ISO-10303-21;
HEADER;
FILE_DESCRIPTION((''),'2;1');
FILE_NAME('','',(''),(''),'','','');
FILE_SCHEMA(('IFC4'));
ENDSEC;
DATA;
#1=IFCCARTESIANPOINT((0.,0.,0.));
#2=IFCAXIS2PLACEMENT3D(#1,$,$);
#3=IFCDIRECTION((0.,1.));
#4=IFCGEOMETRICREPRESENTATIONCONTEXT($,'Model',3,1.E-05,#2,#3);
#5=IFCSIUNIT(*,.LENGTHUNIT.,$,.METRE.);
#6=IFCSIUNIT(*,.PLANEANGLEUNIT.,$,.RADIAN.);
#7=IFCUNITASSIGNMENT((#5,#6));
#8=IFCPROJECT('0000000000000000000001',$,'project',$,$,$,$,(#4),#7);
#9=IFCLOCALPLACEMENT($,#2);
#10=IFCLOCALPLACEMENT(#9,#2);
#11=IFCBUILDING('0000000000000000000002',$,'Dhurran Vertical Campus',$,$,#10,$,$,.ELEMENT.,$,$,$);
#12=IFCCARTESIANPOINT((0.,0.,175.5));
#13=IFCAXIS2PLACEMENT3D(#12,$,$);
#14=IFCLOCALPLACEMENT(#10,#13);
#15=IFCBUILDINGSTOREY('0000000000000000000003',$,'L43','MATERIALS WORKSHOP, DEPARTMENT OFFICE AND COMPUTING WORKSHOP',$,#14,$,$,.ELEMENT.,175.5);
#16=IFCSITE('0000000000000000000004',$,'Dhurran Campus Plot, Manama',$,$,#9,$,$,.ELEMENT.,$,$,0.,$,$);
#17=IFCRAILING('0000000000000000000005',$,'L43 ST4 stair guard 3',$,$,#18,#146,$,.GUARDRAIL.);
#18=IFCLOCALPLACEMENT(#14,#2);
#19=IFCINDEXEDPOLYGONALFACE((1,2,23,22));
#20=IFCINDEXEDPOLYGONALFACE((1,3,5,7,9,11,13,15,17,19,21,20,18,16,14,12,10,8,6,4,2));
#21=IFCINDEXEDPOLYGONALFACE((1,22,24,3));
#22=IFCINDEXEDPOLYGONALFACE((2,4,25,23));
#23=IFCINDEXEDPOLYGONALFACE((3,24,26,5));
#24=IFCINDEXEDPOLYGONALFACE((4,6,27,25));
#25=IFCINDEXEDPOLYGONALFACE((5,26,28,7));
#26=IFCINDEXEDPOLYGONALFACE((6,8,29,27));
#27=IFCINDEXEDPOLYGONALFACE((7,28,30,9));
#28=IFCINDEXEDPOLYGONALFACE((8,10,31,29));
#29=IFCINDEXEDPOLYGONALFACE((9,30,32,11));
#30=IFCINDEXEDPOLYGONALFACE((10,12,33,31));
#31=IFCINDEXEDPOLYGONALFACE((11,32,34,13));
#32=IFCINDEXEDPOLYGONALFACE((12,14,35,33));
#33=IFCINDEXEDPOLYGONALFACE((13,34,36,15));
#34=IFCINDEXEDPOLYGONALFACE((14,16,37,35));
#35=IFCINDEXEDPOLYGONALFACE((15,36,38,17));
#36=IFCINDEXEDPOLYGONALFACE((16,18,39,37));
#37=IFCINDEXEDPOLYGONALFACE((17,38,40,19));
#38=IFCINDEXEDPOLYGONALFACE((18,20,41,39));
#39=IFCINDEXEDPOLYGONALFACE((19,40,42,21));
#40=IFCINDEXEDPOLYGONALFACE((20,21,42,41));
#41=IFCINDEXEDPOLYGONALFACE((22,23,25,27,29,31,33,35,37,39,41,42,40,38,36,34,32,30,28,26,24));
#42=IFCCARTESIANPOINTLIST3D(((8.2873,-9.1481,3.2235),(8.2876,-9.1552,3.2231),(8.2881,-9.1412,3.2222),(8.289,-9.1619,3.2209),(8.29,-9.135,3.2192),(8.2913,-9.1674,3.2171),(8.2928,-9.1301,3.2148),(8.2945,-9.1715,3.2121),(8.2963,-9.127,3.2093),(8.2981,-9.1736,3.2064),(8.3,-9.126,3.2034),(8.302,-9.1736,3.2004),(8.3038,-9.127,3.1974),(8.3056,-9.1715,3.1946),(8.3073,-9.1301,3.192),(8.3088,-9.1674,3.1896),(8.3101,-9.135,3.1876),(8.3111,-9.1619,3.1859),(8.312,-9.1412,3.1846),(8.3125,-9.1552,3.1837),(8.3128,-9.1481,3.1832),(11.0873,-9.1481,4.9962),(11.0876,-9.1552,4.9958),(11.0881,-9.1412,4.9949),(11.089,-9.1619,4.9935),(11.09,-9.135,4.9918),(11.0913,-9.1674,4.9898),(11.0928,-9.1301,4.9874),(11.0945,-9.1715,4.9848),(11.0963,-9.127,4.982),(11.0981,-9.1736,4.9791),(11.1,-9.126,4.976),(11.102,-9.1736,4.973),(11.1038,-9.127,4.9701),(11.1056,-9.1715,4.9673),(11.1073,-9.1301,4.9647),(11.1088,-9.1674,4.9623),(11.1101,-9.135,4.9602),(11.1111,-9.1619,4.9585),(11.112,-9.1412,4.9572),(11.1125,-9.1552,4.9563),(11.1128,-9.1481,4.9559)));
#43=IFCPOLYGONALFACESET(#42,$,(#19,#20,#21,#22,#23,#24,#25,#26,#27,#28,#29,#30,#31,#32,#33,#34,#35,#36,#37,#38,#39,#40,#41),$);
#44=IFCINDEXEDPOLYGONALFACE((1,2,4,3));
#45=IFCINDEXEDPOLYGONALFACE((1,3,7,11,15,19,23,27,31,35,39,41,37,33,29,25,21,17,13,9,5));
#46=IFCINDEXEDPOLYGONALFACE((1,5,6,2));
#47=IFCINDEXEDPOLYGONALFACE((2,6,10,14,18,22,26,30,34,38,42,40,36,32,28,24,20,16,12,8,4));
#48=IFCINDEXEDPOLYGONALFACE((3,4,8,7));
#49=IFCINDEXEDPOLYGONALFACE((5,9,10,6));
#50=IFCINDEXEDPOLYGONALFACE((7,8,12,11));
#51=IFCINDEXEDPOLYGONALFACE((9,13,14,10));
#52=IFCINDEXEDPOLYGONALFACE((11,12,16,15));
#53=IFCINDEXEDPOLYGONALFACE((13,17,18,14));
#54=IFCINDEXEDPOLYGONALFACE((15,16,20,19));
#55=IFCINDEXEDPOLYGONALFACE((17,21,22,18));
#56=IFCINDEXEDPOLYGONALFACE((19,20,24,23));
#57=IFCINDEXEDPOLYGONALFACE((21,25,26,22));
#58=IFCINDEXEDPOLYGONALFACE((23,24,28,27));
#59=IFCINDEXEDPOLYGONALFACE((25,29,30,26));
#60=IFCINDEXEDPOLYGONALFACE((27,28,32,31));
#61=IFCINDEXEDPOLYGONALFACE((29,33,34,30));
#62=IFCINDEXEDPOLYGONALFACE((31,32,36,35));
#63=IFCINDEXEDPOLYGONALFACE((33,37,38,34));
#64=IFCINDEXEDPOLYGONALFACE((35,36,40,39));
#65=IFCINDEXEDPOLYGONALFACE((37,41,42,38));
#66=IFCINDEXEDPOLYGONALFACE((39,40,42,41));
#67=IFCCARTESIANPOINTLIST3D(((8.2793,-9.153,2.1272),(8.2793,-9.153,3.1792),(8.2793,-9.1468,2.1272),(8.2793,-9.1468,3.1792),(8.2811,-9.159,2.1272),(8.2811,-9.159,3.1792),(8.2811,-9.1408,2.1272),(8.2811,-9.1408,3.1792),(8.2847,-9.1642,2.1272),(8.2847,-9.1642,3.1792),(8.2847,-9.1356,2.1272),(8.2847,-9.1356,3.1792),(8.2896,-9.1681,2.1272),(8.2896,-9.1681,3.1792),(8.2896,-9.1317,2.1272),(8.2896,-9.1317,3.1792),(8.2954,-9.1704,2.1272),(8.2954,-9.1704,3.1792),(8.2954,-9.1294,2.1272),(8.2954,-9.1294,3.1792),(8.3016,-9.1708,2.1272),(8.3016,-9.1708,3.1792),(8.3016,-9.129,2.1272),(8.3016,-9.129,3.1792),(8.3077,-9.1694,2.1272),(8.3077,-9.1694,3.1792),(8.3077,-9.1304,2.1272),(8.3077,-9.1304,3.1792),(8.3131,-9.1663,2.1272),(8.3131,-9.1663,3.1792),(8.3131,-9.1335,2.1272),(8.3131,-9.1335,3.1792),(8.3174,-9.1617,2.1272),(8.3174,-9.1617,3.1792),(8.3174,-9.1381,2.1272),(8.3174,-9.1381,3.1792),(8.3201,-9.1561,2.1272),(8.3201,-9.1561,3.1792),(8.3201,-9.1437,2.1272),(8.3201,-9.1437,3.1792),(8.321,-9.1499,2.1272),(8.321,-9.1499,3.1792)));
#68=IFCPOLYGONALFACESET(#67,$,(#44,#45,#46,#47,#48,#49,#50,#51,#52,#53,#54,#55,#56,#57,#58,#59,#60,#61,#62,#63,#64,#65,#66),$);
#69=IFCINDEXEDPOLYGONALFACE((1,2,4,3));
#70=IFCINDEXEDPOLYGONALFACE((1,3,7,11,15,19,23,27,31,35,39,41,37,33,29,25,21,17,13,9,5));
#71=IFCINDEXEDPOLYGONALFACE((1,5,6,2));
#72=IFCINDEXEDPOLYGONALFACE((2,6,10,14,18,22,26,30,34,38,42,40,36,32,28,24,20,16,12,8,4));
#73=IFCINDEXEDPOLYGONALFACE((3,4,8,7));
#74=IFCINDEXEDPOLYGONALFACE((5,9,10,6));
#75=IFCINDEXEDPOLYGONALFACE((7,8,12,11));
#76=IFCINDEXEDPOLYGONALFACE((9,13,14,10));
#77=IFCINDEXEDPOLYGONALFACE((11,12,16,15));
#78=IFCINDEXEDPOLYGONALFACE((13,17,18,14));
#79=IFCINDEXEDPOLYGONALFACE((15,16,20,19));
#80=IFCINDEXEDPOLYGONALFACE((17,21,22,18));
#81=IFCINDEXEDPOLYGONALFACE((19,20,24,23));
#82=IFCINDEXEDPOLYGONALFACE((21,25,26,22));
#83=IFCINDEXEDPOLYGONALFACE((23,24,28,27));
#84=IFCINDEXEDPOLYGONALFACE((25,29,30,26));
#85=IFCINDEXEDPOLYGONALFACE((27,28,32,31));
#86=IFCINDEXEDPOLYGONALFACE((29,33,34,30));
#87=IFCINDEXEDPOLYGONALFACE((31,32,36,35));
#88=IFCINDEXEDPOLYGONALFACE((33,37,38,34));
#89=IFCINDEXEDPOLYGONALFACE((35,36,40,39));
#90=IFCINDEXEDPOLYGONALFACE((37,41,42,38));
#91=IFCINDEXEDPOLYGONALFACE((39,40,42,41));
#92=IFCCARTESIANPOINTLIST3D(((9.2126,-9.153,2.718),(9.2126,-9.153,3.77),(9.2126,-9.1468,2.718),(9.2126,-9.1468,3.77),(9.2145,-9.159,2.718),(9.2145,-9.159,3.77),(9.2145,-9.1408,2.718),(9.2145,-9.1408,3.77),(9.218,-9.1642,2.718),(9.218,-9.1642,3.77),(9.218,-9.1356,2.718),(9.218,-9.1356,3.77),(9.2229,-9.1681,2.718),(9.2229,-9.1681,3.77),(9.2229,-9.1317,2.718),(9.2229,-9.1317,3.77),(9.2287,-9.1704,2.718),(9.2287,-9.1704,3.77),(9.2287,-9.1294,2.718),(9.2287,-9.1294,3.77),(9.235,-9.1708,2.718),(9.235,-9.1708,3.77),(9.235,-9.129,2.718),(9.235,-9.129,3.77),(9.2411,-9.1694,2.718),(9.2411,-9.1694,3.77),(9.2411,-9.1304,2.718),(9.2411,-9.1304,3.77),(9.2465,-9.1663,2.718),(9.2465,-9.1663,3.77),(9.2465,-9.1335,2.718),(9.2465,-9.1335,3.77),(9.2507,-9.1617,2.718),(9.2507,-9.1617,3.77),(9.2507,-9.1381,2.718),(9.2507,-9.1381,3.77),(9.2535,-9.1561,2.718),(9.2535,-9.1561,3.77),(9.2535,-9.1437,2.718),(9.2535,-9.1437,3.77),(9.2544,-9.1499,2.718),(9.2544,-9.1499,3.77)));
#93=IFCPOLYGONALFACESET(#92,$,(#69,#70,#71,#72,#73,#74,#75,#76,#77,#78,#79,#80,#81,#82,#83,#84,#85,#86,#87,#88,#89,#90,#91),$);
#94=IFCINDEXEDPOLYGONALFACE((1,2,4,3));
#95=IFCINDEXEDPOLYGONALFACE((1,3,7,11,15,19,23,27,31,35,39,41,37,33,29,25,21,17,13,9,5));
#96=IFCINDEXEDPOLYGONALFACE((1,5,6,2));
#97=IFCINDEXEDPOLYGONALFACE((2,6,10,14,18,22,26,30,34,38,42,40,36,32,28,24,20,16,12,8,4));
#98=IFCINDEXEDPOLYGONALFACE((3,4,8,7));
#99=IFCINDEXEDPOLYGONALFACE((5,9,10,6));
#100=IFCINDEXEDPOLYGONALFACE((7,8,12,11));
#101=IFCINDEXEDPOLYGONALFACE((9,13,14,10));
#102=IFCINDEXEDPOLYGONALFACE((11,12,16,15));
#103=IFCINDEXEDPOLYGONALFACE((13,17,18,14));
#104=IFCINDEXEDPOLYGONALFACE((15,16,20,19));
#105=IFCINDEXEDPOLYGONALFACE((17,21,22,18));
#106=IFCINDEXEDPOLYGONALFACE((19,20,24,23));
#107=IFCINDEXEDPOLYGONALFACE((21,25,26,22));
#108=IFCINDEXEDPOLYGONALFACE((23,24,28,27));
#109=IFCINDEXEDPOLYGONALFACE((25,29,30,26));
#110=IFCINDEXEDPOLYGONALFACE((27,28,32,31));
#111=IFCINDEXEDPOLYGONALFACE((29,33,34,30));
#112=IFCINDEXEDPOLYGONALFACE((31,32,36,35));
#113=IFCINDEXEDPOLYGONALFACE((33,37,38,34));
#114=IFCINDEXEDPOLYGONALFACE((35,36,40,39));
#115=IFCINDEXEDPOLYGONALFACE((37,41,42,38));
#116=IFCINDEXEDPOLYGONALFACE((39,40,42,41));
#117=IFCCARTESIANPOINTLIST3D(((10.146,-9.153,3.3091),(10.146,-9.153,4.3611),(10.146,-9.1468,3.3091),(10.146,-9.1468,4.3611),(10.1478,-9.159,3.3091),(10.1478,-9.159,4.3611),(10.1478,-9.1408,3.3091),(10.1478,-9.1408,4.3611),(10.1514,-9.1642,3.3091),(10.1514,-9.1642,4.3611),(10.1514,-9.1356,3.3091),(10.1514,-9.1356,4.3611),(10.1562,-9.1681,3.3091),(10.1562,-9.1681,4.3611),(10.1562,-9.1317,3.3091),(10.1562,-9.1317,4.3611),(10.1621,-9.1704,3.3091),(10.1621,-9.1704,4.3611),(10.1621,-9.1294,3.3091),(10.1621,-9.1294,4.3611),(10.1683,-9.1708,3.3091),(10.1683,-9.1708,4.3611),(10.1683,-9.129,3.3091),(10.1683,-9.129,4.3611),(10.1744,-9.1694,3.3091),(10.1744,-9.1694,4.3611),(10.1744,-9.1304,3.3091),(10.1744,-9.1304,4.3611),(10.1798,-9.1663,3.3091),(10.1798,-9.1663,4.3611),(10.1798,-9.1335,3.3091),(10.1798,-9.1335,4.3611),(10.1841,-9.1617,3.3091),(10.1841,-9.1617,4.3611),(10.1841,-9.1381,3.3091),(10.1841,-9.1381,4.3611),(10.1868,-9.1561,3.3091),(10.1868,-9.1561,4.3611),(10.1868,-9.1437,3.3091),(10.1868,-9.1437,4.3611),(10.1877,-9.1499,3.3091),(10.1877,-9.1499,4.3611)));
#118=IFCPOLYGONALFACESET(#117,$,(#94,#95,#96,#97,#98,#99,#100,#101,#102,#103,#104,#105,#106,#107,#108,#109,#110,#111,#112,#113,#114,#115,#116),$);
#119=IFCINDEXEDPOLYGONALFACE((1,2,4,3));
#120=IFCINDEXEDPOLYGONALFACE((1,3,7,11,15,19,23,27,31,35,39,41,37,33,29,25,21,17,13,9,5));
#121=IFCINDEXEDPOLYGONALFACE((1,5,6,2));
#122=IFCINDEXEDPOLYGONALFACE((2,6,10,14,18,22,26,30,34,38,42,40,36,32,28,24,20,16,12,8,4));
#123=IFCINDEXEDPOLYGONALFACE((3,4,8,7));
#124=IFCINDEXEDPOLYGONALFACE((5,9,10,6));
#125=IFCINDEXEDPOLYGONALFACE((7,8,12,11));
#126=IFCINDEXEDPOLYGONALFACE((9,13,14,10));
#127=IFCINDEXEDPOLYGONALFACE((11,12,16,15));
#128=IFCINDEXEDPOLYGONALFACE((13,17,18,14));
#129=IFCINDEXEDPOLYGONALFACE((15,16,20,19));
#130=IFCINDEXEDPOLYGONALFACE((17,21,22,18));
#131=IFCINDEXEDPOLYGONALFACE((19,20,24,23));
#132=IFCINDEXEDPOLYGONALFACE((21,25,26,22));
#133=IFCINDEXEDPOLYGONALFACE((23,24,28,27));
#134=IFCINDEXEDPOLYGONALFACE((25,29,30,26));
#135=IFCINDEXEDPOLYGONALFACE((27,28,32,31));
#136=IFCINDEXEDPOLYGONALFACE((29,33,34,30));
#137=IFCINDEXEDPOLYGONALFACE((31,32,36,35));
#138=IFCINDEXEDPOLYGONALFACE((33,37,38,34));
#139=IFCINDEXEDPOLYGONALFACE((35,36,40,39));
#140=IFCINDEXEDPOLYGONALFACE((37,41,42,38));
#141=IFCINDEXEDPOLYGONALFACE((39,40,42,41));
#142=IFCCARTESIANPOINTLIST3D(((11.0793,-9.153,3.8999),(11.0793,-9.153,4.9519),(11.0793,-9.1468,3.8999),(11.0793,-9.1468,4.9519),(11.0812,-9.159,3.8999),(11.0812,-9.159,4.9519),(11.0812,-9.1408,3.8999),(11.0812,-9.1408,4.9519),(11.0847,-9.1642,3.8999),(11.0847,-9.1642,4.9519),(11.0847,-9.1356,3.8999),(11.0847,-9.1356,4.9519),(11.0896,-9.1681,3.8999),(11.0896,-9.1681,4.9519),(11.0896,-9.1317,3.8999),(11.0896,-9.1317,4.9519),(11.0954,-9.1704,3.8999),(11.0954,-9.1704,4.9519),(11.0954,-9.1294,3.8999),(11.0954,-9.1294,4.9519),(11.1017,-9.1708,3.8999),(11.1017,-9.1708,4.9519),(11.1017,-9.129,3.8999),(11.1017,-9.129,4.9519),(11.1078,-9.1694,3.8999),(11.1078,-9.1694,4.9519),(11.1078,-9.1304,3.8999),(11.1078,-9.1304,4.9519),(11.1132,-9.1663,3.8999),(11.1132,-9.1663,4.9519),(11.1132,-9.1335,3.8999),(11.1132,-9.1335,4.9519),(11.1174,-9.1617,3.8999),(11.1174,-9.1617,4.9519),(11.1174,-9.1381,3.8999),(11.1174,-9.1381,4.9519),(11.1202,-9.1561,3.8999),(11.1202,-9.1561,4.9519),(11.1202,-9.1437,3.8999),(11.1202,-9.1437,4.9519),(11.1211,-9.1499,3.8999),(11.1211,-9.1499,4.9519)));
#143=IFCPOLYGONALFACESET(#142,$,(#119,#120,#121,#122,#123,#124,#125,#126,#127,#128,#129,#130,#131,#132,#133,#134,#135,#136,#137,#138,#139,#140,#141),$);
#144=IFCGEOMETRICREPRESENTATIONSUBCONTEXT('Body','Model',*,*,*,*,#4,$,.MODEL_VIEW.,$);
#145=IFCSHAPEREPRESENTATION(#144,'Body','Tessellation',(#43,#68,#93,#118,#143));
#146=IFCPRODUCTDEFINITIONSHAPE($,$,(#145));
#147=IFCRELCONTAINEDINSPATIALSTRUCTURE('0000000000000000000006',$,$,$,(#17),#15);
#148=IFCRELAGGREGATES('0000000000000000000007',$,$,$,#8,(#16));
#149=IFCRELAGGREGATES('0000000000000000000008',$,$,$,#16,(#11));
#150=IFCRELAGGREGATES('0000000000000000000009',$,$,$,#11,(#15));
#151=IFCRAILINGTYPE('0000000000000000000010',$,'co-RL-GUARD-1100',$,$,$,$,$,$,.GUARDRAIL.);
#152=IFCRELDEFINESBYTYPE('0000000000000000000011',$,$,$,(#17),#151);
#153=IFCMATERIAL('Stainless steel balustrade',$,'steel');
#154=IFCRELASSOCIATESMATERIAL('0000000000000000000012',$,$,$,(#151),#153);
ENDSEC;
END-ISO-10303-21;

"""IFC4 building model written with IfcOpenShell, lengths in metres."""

from ifc_helpers import new_model, si_unit, direction, frame, origin, origin_2d, place, context, subcontext, project, spatial, circle, extrude, material, type_object, element, save


model = new_model("IFC4")

# Units and contexts
model_context = context("Model", 3, precision=1e-05, world=origin(), true_north=direction((0.0, 1.0)))
body_context = subcontext(model_context, "Body", "Model", "MODEL_VIEW")
ifc_project = project(units=[si_unit("LENGTHUNIT", "METRE"), si_unit("PLANEANGLEUNIT", "RADIAN")], contexts=[model_context])

# Site, building, storey
site_placement = place(None, origin())
site = spatial("IfcSite", under=ifc_project, at=site_placement, Name="Dhurran Campus Plot, Manama", CompositionType="ELEMENT", RefElevation=0.0)
building_placement = place(site_placement, origin())
building = spatial("IfcBuilding", under=site, at=building_placement, Name="Dhurran Vertical Campus", CompositionType="ELEMENT")
storey_placement = place(building_placement, frame((0.0, 0.0, 175.5)))
storey = spatial("IfcBuildingStorey", under=building, at=storey_placement, Name="L43", Description="MATERIALS WORKSHOP, DEPARTMENT OFFICE AND COMPUTING WORKSHOP", CompositionType="ELEMENT", Elevation=175.5)

# Railing
ifc_material_1 = material(Name="Stainless steel balustrade", Category="steel")
railing_type_1 = type_object("IfcRailingType", Name="co-RL-GUARD-1100", PredefinedType="GUARDRAIL", material=ifc_material_1)
railing_1_placement = place(storey_placement, frame((8.3, -9.1499, 2.1272)))
element("IfcRailing", 1, at=railing_1_placement, inside=storey, type_object=railing_type_1, Name="L43 ST4 stair guard 3", PredefinedType="GUARDRAIL", context=body_context, shape_type="SweptSolid", body=[
    extrude(circle(Radius=0.0239, at=origin_2d()), frame((0.0, 0.0, 1.0762), z_axis=(0.844909, 0.0, 0.53491), x_axis=(0.0, 1.0, 0.0)), (0.0, 0.0, 1.0), 3.314),
    extrude(circle(Radius=0.021, at=origin_2d()), origin(), (0.0, 0.0, 1.0), 1.052),
    extrude(circle(Radius=0.021, at=origin_2d()), frame((0.9333, 0.0, 0.5908)), (0.0, 0.0, 1.0), 1.052),
    extrude(circle(Radius=0.021, at=origin_2d()), frame((1.8667, 0.0, 1.1819)), (0.0, 0.0, 1.0), 1.052),
    extrude(circle(Radius=0.021, at=origin_2d()), frame((2.8, 0.0, 1.7727)), (0.0, 0.0, 1.0), 1.052),
])

save(model, "model.ifc")
